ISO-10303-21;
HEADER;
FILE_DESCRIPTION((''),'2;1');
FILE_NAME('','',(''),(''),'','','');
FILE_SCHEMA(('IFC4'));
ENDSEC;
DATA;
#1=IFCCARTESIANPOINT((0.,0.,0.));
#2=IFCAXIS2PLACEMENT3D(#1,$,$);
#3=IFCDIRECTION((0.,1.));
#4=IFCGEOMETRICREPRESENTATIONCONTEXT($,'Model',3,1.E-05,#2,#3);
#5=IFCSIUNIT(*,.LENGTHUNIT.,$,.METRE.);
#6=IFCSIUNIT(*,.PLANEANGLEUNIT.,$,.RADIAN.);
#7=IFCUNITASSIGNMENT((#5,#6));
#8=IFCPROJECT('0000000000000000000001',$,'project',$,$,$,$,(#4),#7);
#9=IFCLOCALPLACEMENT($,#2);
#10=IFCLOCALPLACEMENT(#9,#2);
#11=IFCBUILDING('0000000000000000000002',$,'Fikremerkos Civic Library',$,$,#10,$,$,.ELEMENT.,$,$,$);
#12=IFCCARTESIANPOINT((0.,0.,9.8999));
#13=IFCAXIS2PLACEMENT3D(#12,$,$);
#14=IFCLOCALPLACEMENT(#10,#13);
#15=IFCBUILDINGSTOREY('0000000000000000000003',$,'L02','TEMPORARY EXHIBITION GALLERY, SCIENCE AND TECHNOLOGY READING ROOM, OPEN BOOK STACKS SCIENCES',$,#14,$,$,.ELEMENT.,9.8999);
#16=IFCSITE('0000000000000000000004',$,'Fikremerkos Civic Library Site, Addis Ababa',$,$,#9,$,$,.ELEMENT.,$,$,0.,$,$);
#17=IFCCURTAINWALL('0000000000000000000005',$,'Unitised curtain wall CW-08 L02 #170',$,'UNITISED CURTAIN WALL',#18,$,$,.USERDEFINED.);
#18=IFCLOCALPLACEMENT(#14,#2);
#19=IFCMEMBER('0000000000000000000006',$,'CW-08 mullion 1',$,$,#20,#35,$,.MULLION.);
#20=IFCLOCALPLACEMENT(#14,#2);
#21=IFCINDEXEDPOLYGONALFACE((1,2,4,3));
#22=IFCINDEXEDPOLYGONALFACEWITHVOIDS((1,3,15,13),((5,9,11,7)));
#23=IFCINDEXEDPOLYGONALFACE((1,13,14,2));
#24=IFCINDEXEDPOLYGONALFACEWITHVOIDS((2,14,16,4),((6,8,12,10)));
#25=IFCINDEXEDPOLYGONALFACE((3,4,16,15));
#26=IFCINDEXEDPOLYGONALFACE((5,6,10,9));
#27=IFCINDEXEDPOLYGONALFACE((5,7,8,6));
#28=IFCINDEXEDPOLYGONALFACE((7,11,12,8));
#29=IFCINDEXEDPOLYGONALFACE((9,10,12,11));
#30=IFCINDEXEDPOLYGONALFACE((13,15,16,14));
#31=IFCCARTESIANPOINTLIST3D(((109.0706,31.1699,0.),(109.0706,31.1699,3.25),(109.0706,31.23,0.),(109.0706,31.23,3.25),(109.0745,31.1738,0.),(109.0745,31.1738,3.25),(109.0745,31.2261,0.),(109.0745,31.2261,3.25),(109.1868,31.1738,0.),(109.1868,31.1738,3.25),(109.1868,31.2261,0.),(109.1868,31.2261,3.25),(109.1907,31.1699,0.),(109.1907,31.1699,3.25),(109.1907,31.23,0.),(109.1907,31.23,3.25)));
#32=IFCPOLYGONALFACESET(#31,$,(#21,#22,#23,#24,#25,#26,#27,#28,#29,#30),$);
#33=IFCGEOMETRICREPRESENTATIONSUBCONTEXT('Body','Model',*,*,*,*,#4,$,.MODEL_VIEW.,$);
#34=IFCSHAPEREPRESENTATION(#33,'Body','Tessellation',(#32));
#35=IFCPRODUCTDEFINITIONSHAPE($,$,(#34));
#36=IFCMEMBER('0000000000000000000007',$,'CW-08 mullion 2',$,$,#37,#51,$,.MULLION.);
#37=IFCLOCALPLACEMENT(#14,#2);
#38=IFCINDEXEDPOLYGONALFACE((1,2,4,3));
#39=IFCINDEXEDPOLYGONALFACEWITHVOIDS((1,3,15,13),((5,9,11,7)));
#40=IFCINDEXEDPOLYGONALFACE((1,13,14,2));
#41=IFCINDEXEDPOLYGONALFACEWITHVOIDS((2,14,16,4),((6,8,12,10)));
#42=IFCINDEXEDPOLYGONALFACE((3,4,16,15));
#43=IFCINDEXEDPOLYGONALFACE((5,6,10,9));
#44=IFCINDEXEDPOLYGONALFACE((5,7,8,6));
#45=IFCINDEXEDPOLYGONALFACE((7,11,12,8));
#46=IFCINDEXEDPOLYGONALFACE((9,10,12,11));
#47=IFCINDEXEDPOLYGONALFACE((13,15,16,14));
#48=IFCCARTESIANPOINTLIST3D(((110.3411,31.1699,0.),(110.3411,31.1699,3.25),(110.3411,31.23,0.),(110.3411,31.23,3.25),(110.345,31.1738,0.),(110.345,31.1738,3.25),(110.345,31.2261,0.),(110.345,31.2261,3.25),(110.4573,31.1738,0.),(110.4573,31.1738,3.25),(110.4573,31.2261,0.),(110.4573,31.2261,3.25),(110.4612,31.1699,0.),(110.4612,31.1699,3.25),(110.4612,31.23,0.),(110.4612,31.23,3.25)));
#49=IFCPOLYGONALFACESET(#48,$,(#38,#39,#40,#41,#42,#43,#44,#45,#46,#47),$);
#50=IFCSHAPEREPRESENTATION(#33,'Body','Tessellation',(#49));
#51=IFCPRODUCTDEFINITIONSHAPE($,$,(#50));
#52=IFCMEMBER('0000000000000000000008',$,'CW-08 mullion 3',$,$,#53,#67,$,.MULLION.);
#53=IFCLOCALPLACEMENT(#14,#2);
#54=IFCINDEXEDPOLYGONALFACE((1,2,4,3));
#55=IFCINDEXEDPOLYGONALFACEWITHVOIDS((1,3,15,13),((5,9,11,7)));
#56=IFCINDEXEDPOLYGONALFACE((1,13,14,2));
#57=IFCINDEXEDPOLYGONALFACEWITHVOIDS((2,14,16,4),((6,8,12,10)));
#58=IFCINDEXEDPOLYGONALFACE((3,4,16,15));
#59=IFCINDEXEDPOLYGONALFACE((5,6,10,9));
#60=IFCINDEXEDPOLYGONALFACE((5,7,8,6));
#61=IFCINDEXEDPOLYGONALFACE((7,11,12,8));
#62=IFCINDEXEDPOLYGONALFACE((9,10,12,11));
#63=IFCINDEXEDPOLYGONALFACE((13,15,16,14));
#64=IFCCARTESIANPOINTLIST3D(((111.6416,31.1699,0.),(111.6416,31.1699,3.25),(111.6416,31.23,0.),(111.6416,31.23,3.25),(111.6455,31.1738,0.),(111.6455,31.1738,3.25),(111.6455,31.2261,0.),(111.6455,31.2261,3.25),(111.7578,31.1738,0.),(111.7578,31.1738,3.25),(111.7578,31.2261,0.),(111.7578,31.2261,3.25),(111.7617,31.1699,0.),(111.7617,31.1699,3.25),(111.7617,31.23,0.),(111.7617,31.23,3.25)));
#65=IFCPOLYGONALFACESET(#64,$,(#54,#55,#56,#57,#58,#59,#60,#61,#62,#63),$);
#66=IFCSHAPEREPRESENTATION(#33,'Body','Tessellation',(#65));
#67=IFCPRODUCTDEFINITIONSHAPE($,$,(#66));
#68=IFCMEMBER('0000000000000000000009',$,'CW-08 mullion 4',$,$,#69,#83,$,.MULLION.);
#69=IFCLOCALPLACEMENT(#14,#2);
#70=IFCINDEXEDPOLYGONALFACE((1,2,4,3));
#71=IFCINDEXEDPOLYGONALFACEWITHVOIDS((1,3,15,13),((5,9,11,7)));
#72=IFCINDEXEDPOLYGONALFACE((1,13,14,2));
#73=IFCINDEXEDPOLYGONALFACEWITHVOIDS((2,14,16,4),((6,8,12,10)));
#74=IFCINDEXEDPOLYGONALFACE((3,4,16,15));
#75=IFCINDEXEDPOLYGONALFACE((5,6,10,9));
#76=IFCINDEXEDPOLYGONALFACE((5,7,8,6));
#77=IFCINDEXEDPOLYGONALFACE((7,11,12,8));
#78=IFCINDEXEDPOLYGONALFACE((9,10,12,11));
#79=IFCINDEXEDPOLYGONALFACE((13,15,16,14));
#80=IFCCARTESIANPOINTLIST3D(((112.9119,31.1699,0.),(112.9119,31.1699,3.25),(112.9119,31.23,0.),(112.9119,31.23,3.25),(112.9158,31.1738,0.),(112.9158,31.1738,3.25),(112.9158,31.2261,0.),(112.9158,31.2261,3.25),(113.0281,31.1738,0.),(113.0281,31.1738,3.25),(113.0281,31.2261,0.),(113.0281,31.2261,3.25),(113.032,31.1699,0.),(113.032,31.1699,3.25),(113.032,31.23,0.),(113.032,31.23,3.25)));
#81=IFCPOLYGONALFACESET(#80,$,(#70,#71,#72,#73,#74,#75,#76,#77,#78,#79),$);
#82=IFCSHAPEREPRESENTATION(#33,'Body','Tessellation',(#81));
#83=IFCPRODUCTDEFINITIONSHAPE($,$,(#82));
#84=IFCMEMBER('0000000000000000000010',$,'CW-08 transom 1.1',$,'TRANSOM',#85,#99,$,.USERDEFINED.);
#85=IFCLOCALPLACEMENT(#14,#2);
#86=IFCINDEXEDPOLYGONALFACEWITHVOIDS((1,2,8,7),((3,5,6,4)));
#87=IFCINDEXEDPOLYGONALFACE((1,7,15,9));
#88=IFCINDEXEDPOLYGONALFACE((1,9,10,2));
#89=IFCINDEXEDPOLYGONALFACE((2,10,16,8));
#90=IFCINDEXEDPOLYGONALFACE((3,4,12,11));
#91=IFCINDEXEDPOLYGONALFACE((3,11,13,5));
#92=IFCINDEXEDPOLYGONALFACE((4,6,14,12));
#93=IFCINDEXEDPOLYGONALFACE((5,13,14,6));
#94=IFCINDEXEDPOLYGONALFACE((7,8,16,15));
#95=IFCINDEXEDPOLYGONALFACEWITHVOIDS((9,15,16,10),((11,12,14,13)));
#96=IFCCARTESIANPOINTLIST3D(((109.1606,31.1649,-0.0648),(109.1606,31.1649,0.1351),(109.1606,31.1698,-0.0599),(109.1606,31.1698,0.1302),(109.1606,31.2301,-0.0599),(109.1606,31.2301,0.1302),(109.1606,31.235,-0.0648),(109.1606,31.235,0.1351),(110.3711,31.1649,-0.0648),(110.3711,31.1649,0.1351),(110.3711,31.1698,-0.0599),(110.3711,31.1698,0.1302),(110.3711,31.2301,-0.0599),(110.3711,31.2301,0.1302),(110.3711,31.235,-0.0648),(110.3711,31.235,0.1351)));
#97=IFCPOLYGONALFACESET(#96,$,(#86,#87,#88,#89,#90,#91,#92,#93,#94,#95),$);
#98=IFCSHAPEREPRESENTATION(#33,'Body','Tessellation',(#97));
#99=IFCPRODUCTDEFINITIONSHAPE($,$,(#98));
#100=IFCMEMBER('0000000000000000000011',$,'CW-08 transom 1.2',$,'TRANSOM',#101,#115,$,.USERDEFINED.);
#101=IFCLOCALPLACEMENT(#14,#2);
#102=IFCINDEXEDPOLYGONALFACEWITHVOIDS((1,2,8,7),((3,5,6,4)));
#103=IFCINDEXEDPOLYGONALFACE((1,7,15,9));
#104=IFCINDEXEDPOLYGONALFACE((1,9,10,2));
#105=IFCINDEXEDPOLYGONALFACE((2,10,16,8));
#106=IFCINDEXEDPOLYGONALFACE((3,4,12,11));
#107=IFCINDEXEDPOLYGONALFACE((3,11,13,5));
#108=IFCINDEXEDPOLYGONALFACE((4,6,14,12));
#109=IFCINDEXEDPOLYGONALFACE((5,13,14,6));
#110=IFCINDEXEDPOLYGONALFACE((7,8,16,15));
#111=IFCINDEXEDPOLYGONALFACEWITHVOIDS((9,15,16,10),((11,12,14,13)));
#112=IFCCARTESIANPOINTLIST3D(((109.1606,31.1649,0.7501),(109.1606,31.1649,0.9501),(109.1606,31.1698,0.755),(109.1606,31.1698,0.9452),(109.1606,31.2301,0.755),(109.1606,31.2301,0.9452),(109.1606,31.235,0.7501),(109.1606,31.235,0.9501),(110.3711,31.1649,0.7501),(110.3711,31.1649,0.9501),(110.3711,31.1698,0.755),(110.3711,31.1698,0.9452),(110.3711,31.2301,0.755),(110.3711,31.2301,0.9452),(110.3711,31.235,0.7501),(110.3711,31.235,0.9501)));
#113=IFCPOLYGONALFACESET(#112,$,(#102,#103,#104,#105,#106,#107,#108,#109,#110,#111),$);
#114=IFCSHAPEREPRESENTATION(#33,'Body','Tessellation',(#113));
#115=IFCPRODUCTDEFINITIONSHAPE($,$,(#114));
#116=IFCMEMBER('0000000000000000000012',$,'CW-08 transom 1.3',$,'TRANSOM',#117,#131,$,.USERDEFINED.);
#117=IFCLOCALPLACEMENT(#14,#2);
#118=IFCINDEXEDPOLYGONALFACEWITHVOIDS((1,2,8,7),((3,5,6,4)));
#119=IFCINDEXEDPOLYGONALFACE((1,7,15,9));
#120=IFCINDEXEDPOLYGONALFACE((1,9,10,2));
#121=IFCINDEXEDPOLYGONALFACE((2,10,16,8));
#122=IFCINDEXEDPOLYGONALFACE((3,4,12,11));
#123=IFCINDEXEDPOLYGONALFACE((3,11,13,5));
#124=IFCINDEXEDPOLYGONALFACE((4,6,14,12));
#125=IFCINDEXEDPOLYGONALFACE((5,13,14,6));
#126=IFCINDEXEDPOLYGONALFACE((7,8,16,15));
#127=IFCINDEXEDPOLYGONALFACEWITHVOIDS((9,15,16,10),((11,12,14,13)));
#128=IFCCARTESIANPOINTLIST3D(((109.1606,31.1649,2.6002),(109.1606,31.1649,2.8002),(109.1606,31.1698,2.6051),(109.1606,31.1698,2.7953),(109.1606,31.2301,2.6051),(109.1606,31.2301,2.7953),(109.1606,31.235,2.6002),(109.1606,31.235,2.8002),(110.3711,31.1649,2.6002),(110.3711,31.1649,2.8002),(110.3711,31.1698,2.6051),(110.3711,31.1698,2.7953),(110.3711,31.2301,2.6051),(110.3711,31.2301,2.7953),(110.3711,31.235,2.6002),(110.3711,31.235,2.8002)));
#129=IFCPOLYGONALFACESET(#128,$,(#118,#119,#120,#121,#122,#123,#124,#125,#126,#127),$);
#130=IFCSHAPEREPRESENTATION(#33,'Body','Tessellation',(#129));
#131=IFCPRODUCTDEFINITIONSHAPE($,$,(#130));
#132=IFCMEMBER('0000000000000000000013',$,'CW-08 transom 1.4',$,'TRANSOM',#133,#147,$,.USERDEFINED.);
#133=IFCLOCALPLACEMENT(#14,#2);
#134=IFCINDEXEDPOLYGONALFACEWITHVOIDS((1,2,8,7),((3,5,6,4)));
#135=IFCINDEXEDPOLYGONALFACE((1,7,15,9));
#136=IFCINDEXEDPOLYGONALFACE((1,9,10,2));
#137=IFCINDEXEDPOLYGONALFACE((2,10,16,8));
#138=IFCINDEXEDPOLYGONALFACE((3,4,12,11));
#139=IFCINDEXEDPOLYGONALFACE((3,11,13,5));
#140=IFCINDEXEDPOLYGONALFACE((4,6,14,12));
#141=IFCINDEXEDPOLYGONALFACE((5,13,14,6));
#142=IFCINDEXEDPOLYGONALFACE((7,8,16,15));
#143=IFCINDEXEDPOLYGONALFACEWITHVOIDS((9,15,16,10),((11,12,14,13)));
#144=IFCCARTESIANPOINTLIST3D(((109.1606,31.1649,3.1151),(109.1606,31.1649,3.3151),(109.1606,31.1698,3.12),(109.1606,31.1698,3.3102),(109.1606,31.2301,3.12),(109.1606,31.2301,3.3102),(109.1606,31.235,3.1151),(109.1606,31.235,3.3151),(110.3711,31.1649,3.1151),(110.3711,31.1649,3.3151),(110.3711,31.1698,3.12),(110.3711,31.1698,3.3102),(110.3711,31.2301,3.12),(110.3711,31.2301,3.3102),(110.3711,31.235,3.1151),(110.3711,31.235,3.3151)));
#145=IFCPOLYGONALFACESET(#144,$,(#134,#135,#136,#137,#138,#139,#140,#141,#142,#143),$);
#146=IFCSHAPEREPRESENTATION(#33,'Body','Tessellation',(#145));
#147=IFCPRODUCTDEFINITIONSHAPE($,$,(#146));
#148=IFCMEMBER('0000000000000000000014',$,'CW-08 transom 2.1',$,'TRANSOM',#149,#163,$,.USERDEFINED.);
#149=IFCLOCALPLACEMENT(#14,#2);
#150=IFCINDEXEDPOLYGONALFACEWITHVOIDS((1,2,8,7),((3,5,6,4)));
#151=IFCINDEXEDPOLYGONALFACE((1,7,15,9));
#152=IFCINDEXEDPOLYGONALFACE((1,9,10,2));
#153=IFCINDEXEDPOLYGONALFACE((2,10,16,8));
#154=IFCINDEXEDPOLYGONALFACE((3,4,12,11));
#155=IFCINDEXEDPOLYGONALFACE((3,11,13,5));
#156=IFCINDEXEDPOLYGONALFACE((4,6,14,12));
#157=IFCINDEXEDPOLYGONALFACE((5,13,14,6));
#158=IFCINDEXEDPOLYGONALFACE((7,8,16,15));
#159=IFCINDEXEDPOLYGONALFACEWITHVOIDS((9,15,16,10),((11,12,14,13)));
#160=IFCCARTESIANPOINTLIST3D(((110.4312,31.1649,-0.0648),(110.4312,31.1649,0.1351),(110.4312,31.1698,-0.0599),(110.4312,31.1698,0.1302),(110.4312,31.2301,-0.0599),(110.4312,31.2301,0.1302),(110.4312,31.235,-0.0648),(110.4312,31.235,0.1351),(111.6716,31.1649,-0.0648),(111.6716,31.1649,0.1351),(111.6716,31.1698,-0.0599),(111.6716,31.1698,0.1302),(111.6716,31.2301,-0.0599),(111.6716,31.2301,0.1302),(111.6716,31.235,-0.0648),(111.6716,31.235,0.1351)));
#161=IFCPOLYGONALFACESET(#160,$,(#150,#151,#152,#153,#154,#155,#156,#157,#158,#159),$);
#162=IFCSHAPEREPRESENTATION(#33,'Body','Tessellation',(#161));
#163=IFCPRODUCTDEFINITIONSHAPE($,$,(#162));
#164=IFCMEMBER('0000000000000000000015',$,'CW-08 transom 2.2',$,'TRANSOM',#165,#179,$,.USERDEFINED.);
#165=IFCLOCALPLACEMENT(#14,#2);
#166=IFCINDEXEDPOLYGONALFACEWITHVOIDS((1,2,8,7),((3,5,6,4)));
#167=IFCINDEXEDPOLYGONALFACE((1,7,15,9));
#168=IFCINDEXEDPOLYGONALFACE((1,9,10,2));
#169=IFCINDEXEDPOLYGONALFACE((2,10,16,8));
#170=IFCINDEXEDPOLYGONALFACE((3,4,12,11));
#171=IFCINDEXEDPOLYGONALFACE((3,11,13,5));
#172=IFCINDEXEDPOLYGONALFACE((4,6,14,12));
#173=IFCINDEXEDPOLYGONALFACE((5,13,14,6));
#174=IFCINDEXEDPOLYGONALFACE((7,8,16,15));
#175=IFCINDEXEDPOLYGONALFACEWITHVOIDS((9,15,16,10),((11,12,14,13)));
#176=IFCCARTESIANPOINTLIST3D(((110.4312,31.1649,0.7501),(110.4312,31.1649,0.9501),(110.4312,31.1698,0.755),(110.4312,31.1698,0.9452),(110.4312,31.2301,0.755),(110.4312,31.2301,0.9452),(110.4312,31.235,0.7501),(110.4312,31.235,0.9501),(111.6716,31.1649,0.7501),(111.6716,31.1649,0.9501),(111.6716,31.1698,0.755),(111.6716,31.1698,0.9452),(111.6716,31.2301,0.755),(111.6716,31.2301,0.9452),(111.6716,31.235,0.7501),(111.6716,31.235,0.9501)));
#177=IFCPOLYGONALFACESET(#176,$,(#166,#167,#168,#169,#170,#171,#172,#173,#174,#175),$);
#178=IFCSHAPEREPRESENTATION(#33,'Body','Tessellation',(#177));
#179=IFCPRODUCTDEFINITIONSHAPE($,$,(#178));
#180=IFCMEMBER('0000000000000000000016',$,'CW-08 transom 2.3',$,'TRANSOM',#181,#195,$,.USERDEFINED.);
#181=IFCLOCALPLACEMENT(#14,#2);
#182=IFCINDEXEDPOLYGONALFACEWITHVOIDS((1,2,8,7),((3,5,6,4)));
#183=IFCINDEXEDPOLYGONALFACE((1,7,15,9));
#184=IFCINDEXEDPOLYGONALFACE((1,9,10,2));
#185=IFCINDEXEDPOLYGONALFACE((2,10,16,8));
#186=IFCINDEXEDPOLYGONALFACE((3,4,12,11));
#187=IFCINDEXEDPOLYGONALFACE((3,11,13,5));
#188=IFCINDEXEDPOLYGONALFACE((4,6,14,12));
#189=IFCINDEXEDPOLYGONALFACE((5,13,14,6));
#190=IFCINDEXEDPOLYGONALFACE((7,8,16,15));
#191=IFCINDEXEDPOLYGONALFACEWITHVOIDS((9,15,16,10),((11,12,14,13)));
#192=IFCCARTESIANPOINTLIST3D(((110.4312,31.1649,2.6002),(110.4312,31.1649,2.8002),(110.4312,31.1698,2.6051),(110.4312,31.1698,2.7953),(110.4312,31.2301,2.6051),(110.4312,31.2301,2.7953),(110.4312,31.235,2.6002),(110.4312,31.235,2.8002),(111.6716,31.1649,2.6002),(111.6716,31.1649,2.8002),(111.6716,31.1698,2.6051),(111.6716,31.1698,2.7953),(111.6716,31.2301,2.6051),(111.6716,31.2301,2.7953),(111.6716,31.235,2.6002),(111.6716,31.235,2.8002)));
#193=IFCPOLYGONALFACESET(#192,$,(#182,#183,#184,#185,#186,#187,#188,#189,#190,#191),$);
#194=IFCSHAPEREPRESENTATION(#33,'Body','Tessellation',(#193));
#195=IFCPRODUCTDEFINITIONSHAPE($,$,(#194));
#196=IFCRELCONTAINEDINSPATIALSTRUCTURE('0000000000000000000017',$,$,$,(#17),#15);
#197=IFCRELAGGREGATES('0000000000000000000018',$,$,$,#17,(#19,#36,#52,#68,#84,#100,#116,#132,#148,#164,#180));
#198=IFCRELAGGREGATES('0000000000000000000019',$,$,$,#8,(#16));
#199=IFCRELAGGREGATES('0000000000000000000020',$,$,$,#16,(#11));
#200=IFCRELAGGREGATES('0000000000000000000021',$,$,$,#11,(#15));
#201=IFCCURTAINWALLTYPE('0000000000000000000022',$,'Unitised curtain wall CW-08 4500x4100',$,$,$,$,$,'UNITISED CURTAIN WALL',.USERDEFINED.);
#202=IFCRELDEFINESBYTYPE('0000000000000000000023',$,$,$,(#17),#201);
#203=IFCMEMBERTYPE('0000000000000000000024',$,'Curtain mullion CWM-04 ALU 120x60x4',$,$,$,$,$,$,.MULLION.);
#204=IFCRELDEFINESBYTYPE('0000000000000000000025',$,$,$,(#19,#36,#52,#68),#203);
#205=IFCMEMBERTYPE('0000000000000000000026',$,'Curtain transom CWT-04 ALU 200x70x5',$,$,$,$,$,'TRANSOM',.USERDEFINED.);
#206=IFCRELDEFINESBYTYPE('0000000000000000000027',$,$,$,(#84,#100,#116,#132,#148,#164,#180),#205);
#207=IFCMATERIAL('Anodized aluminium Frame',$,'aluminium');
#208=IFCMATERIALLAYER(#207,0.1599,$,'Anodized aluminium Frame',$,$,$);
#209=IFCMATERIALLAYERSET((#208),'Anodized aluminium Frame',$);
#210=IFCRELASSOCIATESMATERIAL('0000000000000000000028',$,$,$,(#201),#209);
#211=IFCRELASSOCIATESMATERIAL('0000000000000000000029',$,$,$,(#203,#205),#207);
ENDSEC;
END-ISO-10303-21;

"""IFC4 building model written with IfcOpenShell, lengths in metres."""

from ifc_helpers import new_model, si_unit, direction, frame, origin, origin_2d, place, context, subcontext, project, spatial, hollow_rectangle, extrude, material, layer, layer_set, material_profile, profile_set, type_object, element, aggregate, save


model = new_model("IFC4")

# Units and contexts
model_context = context("Model", 3, precision=1e-05, world=origin(), true_north=direction((0.0, 1.0)))
body_context = subcontext(model_context, "Body", "Model", "MODEL_VIEW")
ifc_project = project(units=[si_unit("LENGTHUNIT", "METRE"), si_unit("PLANEANGLEUNIT", "RADIAN")], contexts=[model_context])

# Site, building, storey
site_placement = place(None, origin())
site = spatial("IfcSite", under=ifc_project, at=site_placement, Name="Fikremerkos Civic Library Site, Addis Ababa", CompositionType="ELEMENT", RefElevation=0.0)
building_placement = place(site_placement, origin())
building = spatial("IfcBuilding", under=site, at=building_placement, Name="Fikremerkos Civic Library", CompositionType="ELEMENT")
storey_placement = place(building_placement, frame((0.0, 0.0, 9.8999)))
storey = spatial("IfcBuildingStorey", under=building, at=storey_placement, Name="L02", Description="TEMPORARY EXHIBITION GALLERY, SCIENCE AND TECHNOLOGY READING ROOM, OPEN BOOK STACKS SCIENCES", CompositionType="ELEMENT", Elevation=9.8999)

# Curtain wall, members
ifc_material_1 = material(Name="Anodized aluminium Frame", Category="aluminium")
ifc_layer_1 = layer(ifc_material_1, 0.1599, Name="Anodized aluminium Frame")
ifc_layer_set_1 = layer_set([ifc_layer_1], Name="Anodized aluminium Frame")
curtain_wall_type = type_object("IfcCurtainWallType", Name="Unitised curtain wall CW-08 4500x4100", ElementType="UNITISED CURTAIN WALL", PredefinedType="USERDEFINED", material=ifc_layer_set_1)
curtain_wall_placement = place(storey_placement, origin())
curtain_wall = element("IfcCurtainWall", 1, at=curtain_wall_placement, inside=storey, type_object=curtain_wall_type, Name="Unitised curtain wall CW-08 L02 #170", ObjectType="UNITISED CURTAIN WALL", PredefinedType="USERDEFINED")
ifc_material_profile_1 = material_profile(ifc_material_1, hollow_rectangle(XDim=0.0601, YDim=0.1201, WallThickness=0.0039, at=origin_2d()), Name="ALU 120x60x4")
ifc_profile_set_1 = profile_set([ifc_material_profile_1], Name="Anodized aluminium Frame")
member_type_1 = type_object("IfcMemberType", Name="Curtain mullion CWM-04 ALU 120x60x4", PredefinedType="MULLION", material=ifc_profile_set_1)
member_1_placement = place(storey_placement, frame((109.1306, 31.2, 0.0), z_axis=(0.0, 0.0, 1.0), x_axis=(0.0, 1.0, 0.0)))
member_1 = element("IfcMember", 2, at=member_1_placement, type_object=member_type_1, Name="CW-08 mullion 1", PredefinedType="MULLION", context=body_context, shape_type="SweptSolid", body=[
    extrude(hollow_rectangle(XDim=0.0601, YDim=0.1201, WallThickness=0.0039, at=origin_2d()), origin(), (0.0, 0.0, 1.0), 3.25),
])
member_2_placement = place(storey_placement, frame((110.4011, 31.2, 0.0), z_axis=(0.0, 0.0, 1.0), x_axis=(0.0, 1.0, 0.0)))
member_2 = element("IfcMember", 3, at=member_2_placement, type_object=member_type_1, Name="CW-08 mullion 2", PredefinedType="MULLION", context=body_context, shape_type="SweptSolid", body=[
    extrude(hollow_rectangle(XDim=0.0601, YDim=0.1201, WallThickness=0.0039, at=origin_2d()), origin(), (0.0, 0.0, 1.0), 3.25),
])
member_3_placement = place(storey_placement, frame((111.7017, 31.2, 0.0), z_axis=(0.0, 0.0, 1.0), x_axis=(0.0, 1.0, 0.0)))
member_3 = element("IfcMember", 4, at=member_3_placement, type_object=member_type_1, Name="CW-08 mullion 3", PredefinedType="MULLION", context=body_context, shape_type="SweptSolid", body=[
    extrude(hollow_rectangle(XDim=0.0601, YDim=0.1201, WallThickness=0.0039, at=origin_2d()), origin(), (0.0, 0.0, 1.0), 3.25),
])
member_4_placement = place(storey_placement, frame((112.9719, 31.2, 0.0), z_axis=(0.0, 0.0, 1.0), x_axis=(0.0, 1.0, 0.0)))
member_4 = element("IfcMember", 5, at=member_4_placement, type_object=member_type_1, Name="CW-08 mullion 4", PredefinedType="MULLION", context=body_context, shape_type="SweptSolid", body=[
    extrude(hollow_rectangle(XDim=0.0601, YDim=0.1201, WallThickness=0.0039, at=origin_2d()), origin(), (0.0, 0.0, 1.0), 3.25),
])
ifc_material_profile_2 = material_profile(ifc_material_1, hollow_rectangle(XDim=0.0701, YDim=0.2, WallThickness=0.0049, at=origin_2d()), Name="ALU 200x70x5")
ifc_profile_set_2 = profile_set([ifc_material_profile_2], Name="Anodized aluminium Frame")
member_type_2 = type_object("IfcMemberType", Name="Curtain transom CWT-04 ALU 200x70x5", ElementType="TRANSOM", PredefinedType="USERDEFINED", material=ifc_profile_set_2)
member_5_placement = place(storey_placement, frame((109.1606, 31.2, 0.0352), z_axis=(1.0, 0.0, 0.0), x_axis=(0.0, 1.0, 0.0)))
member_5 = element("IfcMember", 6, at=member_5_placement, type_object=member_type_2, Name="CW-08 transom 1.1", ObjectType="TRANSOM", PredefinedType="USERDEFINED", context=body_context, shape_type="SweptSolid", body=[
    extrude(hollow_rectangle(XDim=0.0701, YDim=0.2, WallThickness=0.0049, at=origin_2d()), origin(), (0.0, 0.0, 1.0), 1.2104),
])
member_6_placement = place(storey_placement, frame((109.1606, 31.2, 0.8501), z_axis=(1.0, 0.0, 0.0), x_axis=(0.0, 1.0, 0.0)))
member_6 = element("IfcMember", 7, at=member_6_placement, type_object=member_type_2, Name="CW-08 transom 1.2", ObjectType="TRANSOM", PredefinedType="USERDEFINED", context=body_context, shape_type="SweptSolid", body=[
    extrude(hollow_rectangle(XDim=0.0701, YDim=0.2, WallThickness=0.0049, at=origin_2d()), origin(), (0.0, 0.0, 1.0), 1.2104),
])
member_7_placement = place(storey_placement, frame((109.1606, 31.2, 2.7002), z_axis=(1.0, 0.0, 0.0), x_axis=(0.0, 1.0, 0.0)))
member_7 = element("IfcMember", 8, at=member_7_placement, type_object=member_type_2, Name="CW-08 transom 1.3", ObjectType="TRANSOM", PredefinedType="USERDEFINED", context=body_context, shape_type="SweptSolid", body=[
    extrude(hollow_rectangle(XDim=0.0701, YDim=0.2, WallThickness=0.0049, at=origin_2d()), origin(), (0.0, 0.0, 1.0), 1.2104),
])
member_8_placement = place(storey_placement, frame((109.1606, 31.2, 3.2151), z_axis=(1.0, 0.0, 0.0), x_axis=(0.0, 1.0, 0.0)))
member_8 = element("IfcMember", 9, at=member_8_placement, type_object=member_type_2, Name="CW-08 transom 1.4", ObjectType="TRANSOM", PredefinedType="USERDEFINED", context=body_context, shape_type="SweptSolid", body=[
    extrude(hollow_rectangle(XDim=0.0701, YDim=0.2, WallThickness=0.0049, at=origin_2d()), origin(), (0.0, 0.0, 1.0), 1.2104),
])
member_9_placement = place(storey_placement, frame((110.4312, 31.2, 0.0352), z_axis=(1.0, 0.0, 0.0), x_axis=(0.0, 1.0, 0.0)))
member_9 = element("IfcMember", 10, at=member_9_placement, type_object=member_type_2, Name="CW-08 transom 2.1", ObjectType="TRANSOM", PredefinedType="USERDEFINED", context=body_context, shape_type="SweptSolid", body=[
    extrude(hollow_rectangle(XDim=0.0701, YDim=0.2, WallThickness=0.0049, at=origin_2d()), origin(), (0.0, 0.0, 1.0), 1.2405),
])
member_10_placement = place(storey_placement, frame((110.4312, 31.2, 0.8501), z_axis=(1.0, 0.0, 0.0), x_axis=(0.0, 1.0, 0.0)))
member_10 = element("IfcMember", 11, at=member_10_placement, type_object=member_type_2, Name="CW-08 transom 2.2", ObjectType="TRANSOM", PredefinedType="USERDEFINED", context=body_context, shape_type="SweptSolid", body=[
    extrude(hollow_rectangle(XDim=0.0701, YDim=0.2, WallThickness=0.0049, at=origin_2d()), origin(), (0.0, 0.0, 1.0), 1.2405),
])
member_11_placement = place(storey_placement, frame((110.4312, 31.2, 2.7002), z_axis=(1.0, 0.0, 0.0), x_axis=(0.0, 1.0, 0.0)))
member_11 = element("IfcMember", 12, at=member_11_placement, type_object=member_type_2, Name="CW-08 transom 2.3", ObjectType="TRANSOM", PredefinedType="USERDEFINED", context=body_context, shape_type="SweptSolid", body=[
    extrude(hollow_rectangle(XDim=0.0701, YDim=0.2, WallThickness=0.0049, at=origin_2d()), origin(), (0.0, 0.0, 1.0), 1.2405),
])
aggregate(curtain_wall, [member_1, member_2, member_3, member_4, member_5, member_6, member_7, member_8, member_9, member_10, member_11])

save(model, "model.ifc")
